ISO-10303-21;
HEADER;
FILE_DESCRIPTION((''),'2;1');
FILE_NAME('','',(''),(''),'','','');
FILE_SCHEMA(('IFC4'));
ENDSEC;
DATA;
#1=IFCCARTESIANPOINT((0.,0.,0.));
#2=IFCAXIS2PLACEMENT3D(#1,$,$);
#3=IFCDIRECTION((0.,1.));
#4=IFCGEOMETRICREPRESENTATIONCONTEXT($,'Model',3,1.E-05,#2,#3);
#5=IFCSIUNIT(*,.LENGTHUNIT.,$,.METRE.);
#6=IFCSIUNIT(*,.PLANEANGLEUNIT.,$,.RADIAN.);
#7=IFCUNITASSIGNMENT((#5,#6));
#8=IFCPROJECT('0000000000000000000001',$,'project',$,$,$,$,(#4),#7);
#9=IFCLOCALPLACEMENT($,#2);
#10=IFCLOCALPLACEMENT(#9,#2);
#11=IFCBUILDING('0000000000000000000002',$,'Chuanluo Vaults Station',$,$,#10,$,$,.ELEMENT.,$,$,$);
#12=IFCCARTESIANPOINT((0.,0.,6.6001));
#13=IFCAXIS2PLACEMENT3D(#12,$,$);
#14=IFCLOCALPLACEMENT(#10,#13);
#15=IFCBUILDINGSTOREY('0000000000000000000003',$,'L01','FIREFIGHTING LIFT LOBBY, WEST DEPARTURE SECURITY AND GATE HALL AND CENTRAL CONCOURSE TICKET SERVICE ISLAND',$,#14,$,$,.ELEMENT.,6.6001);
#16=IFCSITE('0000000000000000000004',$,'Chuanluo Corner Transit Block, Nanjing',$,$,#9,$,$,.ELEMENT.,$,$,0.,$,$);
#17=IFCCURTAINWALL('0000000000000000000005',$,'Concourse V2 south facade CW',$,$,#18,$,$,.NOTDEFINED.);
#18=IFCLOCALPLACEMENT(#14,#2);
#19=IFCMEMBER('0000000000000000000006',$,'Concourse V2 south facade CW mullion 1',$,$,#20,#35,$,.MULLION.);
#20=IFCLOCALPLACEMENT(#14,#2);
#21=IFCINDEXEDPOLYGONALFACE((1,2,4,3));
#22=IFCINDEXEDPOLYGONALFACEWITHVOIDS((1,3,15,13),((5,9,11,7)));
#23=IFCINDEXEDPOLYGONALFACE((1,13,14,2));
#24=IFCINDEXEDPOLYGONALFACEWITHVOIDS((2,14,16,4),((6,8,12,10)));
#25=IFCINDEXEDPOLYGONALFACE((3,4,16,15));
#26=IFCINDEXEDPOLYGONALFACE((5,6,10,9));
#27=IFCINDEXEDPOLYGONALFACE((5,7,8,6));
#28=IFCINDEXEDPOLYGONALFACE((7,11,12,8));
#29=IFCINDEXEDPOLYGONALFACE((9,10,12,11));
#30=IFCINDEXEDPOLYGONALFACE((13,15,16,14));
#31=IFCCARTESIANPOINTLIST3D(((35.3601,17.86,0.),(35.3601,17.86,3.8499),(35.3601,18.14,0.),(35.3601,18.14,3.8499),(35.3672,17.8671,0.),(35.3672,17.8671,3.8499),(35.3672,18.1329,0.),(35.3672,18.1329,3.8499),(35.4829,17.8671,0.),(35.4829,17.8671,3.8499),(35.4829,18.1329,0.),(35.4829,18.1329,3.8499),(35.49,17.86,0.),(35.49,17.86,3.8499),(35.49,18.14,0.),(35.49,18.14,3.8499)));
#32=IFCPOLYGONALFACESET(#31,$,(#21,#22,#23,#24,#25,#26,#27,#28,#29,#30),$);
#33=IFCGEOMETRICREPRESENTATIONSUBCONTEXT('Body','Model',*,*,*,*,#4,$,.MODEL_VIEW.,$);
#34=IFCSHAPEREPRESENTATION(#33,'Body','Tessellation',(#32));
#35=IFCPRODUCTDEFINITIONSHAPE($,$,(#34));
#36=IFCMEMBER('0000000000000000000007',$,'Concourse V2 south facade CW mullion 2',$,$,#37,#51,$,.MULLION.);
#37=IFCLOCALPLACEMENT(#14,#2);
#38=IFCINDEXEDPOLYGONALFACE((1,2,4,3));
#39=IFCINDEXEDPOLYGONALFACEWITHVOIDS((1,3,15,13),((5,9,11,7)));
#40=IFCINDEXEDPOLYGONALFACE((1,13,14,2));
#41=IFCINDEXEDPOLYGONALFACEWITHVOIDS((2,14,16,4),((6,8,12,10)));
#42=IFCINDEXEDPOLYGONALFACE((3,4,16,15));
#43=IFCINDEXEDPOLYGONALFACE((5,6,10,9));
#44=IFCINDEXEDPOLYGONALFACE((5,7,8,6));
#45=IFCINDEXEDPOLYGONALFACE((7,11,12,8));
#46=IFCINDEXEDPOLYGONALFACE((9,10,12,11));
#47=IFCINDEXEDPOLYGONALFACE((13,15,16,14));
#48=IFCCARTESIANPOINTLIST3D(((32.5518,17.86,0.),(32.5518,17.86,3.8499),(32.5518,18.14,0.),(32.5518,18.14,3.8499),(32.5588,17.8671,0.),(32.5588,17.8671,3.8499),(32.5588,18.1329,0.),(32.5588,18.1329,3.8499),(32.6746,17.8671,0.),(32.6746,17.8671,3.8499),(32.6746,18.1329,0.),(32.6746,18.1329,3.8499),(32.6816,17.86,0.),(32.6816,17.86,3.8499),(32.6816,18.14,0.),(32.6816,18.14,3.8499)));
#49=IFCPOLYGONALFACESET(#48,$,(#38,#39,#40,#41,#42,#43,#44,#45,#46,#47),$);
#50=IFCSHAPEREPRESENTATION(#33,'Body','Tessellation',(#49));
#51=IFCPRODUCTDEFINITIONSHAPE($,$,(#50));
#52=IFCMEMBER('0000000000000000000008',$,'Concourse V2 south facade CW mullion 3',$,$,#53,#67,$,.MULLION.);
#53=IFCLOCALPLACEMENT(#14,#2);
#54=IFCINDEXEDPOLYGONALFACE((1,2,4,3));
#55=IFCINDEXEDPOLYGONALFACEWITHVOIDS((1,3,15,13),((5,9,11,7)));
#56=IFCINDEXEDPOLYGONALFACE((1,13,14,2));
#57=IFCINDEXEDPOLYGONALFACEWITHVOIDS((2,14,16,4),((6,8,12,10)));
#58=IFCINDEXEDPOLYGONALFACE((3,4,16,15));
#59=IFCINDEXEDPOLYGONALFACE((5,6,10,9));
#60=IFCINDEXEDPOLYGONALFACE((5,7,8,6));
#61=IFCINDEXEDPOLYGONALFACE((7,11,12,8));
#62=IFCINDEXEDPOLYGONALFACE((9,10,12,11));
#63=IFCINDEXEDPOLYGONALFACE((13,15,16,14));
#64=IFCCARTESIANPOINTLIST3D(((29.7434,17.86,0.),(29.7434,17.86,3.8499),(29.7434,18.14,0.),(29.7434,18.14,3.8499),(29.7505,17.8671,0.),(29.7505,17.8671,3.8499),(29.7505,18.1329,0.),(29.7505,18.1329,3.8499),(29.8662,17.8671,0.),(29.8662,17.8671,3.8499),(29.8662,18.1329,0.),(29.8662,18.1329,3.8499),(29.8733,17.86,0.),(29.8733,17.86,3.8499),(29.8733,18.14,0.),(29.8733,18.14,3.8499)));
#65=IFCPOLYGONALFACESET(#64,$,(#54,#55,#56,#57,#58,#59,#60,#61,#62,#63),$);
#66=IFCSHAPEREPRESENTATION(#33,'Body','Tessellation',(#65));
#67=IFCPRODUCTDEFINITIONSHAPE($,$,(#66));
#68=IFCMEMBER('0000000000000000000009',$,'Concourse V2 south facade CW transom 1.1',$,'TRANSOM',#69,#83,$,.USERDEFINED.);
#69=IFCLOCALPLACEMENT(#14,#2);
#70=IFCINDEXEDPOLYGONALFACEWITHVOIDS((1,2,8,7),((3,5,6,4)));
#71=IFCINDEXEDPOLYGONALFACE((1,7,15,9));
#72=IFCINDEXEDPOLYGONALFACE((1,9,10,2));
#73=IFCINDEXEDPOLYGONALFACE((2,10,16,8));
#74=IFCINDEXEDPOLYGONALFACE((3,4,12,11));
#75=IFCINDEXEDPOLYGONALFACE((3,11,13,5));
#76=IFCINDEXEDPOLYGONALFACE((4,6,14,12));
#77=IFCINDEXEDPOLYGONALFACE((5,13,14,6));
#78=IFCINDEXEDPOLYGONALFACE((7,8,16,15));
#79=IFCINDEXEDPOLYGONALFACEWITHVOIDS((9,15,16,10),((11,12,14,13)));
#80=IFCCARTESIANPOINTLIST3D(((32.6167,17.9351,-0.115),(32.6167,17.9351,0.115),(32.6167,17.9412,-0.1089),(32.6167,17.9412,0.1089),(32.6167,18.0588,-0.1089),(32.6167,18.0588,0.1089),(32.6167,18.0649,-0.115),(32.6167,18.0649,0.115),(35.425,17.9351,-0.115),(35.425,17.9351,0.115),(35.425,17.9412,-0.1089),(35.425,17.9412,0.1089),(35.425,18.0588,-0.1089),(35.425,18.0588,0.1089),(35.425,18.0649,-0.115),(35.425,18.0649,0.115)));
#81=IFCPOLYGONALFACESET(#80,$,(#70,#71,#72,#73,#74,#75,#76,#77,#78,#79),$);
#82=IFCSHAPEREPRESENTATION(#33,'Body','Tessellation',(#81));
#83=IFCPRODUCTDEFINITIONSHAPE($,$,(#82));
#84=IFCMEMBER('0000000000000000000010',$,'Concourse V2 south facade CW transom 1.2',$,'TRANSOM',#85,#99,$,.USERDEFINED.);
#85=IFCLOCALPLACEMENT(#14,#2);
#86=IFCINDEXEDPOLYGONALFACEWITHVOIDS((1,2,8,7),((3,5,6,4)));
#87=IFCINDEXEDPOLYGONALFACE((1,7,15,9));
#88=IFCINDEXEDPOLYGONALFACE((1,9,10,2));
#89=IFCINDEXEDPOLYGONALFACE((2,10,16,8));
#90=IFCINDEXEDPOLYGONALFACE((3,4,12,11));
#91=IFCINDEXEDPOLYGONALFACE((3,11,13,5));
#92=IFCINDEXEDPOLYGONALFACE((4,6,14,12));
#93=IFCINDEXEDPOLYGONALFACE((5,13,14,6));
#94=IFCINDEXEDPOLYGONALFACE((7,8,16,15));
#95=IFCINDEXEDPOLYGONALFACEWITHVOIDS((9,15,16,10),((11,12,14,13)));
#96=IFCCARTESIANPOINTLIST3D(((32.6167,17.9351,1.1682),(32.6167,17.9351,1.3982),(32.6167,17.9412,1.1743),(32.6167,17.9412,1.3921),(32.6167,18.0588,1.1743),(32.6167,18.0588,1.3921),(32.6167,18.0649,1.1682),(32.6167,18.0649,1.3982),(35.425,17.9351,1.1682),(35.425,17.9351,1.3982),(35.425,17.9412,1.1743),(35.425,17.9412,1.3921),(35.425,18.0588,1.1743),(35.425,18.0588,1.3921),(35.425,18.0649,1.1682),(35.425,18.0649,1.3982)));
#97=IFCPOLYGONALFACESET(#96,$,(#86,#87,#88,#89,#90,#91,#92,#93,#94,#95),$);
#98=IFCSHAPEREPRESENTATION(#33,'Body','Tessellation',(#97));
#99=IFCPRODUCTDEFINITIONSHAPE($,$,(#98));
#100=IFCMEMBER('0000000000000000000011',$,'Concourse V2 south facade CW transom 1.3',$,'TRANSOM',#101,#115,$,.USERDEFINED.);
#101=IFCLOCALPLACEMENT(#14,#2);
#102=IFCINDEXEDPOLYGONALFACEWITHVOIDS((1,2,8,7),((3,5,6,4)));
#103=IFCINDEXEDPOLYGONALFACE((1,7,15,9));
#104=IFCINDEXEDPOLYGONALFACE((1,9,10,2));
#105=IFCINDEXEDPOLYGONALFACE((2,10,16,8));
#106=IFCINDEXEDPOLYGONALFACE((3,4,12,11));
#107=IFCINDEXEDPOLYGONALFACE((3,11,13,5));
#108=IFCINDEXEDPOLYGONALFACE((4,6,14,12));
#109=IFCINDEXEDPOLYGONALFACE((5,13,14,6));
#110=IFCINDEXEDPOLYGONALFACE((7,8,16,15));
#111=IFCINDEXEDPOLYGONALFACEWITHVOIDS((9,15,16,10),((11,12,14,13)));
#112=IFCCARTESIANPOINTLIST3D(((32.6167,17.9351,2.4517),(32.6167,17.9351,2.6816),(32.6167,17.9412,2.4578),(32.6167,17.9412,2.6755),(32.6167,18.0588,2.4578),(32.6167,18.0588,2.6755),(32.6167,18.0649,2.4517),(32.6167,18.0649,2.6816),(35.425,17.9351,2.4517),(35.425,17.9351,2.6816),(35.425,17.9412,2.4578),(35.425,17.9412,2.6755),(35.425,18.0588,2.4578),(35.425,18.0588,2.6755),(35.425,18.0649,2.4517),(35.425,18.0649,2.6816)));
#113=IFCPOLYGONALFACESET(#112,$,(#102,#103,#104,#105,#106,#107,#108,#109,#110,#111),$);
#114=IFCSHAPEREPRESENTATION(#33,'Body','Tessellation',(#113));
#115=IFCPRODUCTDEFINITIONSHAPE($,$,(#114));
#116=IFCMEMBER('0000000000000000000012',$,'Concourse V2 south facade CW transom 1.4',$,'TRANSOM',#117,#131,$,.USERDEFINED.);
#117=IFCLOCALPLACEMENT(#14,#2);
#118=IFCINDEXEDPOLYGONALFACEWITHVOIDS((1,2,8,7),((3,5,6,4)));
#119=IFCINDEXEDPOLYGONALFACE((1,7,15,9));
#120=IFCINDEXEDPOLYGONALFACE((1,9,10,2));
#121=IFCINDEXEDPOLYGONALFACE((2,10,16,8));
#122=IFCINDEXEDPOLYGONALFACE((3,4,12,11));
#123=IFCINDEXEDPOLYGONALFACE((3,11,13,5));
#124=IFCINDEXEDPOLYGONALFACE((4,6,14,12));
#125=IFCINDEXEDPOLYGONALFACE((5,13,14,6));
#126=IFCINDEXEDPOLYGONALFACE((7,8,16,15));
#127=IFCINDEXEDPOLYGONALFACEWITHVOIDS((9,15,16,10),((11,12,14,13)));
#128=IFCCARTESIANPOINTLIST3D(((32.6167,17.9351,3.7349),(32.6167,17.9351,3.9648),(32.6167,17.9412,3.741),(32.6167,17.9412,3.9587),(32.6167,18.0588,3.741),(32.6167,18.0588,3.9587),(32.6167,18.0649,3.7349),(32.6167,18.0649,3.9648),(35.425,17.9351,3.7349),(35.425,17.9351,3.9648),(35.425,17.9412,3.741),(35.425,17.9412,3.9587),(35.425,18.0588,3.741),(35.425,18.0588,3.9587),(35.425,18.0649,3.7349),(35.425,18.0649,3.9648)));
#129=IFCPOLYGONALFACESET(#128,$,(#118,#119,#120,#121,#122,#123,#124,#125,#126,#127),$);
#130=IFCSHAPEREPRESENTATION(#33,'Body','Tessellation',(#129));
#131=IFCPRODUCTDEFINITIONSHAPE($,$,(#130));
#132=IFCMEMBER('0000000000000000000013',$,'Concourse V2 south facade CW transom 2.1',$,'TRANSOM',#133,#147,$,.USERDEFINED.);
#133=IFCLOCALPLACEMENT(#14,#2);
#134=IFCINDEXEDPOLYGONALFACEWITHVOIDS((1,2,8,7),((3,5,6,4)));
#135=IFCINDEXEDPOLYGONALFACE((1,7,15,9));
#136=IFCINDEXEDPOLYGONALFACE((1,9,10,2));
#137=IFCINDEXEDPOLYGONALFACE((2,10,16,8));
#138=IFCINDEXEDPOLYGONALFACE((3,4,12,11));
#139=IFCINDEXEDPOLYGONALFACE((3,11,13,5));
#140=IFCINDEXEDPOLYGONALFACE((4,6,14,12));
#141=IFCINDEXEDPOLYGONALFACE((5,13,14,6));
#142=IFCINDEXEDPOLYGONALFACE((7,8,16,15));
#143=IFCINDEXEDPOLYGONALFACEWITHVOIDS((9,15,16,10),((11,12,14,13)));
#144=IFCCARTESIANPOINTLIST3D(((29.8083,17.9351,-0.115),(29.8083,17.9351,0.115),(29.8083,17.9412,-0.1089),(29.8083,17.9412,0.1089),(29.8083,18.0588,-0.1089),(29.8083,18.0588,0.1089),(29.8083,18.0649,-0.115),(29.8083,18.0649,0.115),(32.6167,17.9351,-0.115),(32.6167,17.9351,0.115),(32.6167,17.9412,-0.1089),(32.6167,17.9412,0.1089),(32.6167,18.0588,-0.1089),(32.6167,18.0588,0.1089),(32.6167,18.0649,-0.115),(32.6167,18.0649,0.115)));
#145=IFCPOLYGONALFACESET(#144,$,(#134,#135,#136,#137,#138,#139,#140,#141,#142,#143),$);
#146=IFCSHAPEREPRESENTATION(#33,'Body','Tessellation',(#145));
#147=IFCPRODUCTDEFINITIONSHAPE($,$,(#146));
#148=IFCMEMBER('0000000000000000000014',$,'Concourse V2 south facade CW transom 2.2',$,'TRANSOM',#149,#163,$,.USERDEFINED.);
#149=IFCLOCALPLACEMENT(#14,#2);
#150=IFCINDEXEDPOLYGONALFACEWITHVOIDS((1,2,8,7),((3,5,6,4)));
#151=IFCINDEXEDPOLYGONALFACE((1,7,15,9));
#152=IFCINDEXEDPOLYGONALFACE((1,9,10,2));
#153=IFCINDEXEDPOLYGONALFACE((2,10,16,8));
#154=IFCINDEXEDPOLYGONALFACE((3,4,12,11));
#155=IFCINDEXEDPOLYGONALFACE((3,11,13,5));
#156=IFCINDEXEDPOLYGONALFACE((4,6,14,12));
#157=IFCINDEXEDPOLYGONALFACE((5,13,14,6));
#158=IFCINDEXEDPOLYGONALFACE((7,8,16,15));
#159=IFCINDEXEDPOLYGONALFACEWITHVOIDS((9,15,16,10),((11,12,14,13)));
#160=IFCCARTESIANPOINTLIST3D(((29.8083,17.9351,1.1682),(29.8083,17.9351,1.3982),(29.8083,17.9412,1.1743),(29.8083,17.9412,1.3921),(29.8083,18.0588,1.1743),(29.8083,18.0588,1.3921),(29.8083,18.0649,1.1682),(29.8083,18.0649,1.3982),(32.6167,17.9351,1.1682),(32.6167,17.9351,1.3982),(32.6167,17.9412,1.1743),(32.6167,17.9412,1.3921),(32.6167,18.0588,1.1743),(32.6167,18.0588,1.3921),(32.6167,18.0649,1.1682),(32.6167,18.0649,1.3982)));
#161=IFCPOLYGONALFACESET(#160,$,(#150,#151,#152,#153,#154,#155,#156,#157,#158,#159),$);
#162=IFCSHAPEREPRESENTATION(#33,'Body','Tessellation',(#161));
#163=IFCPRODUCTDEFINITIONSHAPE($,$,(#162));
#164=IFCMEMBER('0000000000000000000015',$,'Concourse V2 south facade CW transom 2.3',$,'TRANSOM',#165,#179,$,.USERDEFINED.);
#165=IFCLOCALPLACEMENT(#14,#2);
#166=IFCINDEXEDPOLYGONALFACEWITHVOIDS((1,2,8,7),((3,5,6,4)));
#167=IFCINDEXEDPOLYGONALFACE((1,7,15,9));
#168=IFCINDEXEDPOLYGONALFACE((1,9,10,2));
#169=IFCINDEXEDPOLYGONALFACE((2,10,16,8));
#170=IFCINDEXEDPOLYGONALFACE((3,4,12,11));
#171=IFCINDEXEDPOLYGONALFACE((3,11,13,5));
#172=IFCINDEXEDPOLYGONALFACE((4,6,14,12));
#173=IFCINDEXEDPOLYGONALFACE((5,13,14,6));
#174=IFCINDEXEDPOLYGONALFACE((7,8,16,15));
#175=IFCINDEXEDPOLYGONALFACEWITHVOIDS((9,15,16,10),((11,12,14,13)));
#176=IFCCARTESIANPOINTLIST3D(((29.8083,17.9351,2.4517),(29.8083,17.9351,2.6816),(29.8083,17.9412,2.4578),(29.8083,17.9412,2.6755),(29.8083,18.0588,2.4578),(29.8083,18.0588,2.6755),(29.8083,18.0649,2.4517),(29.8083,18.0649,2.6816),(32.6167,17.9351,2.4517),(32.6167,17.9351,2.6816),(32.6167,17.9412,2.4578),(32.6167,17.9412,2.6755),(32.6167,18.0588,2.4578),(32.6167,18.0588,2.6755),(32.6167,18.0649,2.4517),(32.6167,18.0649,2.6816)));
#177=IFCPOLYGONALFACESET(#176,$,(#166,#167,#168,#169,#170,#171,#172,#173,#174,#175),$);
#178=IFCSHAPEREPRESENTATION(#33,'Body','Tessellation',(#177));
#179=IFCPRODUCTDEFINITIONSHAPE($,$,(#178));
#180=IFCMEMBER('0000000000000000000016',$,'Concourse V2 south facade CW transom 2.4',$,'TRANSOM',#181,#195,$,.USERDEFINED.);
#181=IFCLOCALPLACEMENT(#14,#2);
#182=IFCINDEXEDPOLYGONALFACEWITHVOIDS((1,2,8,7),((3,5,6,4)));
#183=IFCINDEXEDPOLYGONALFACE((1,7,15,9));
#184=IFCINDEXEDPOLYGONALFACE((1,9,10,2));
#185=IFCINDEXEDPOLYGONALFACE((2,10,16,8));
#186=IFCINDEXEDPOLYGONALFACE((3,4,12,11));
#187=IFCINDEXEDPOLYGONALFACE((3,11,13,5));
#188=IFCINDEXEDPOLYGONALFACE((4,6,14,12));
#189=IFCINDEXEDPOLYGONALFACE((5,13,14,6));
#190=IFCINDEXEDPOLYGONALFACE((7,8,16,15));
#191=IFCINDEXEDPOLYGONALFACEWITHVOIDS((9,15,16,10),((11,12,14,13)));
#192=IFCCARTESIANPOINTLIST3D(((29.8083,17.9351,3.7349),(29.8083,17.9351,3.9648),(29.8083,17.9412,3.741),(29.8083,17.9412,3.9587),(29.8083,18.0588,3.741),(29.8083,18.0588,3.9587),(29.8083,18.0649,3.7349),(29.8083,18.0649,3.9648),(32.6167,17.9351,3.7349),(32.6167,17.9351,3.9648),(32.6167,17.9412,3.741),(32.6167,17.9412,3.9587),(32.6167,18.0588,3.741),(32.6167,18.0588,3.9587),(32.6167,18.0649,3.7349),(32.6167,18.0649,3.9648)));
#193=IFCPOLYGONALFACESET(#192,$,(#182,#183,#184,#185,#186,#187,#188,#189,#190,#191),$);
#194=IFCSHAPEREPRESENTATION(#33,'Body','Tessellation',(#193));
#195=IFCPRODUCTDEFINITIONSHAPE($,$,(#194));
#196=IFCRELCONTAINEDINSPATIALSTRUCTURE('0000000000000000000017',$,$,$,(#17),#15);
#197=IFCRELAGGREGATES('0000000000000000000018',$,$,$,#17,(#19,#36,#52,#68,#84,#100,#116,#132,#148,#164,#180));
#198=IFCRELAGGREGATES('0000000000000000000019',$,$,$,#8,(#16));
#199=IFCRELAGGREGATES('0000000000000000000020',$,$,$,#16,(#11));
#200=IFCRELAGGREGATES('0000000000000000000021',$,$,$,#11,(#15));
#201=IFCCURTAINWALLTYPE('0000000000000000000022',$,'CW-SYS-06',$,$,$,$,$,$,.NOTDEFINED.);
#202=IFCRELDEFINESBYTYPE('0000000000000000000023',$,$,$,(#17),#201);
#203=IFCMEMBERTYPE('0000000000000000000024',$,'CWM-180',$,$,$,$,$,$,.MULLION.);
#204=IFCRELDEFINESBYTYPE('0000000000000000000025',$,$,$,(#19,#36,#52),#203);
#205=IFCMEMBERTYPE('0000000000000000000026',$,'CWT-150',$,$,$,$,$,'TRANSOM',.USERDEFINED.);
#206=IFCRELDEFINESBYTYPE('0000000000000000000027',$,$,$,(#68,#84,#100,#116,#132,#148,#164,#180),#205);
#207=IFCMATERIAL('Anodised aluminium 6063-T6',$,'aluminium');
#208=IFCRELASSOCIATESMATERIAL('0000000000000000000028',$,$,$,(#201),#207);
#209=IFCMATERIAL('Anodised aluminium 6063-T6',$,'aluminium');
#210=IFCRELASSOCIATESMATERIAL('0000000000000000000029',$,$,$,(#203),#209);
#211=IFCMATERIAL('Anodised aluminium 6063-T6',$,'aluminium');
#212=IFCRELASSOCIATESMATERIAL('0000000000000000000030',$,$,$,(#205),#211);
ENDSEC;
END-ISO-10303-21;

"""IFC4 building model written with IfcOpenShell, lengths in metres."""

from ifc_helpers import new_model, si_unit, direction, frame, origin, origin_2d, place, context, subcontext, project, spatial, hollow_rectangle, extrude, material, material_profile, profile_set, type_object, element, aggregate, save


model = new_model("IFC4")

# Units and contexts
model_context = context("Model", 3, precision=1e-05, world=origin(), true_north=direction((0.0, 1.0)))
body_context = subcontext(model_context, "Body", "Model", "MODEL_VIEW")
ifc_project = project(units=[si_unit("LENGTHUNIT", "METRE"), si_unit("PLANEANGLEUNIT", "RADIAN")], contexts=[model_context])

# Site, building, storey
site_placement = place(None, origin())
site = spatial("IfcSite", under=ifc_project, at=site_placement, Name="Chuanluo Corner Transit Block, Nanjing", CompositionType="ELEMENT", RefElevation=0.0)
building_placement = place(site_placement, origin())
building = spatial("IfcBuilding", under=site, at=building_placement, Name="Chuanluo Vaults Station", CompositionType="ELEMENT")
storey_placement = place(building_placement, frame((0.0, 0.0, 6.6001)))
storey = spatial("IfcBuildingStorey", under=building, at=storey_placement, Name="L01", Description="FIREFIGHTING LIFT LOBBY, WEST DEPARTURE SECURITY AND GATE HALL AND CENTRAL CONCOURSE TICKET SERVICE ISLAND", CompositionType="ELEMENT", Elevation=6.6001)

# Curtain wall, members
ifc_material_1 = material(Name="Anodised aluminium 6063-T6", Category="aluminium")
curtain_wall_type = type_object("IfcCurtainWallType", Name="CW-SYS-06", PredefinedType="NOTDEFINED", material=ifc_material_1)
curtain_wall_placement = place(storey_placement, origin())
curtain_wall = element("IfcCurtainWall", 1, at=curtain_wall_placement, inside=storey, type_object=curtain_wall_type, Name="Concourse V2 south facade CW", PredefinedType="NOTDEFINED")
ifc_material_2 = material(Name="Anodised aluminium 6063-T6", Category="aluminium")
ifc_material_profile_1 = material_profile(ifc_material_2, hollow_rectangle(XDim=0.1299, YDim=0.28, WallThickness=0.0071, at=origin_2d()))
ifc_profile_set_1 = profile_set([ifc_material_profile_1], Name="Anodised aluminium 6063-T6")
member_type_1 = type_object("IfcMemberType", Name="CWM-180", PredefinedType="MULLION", material=ifc_profile_set_1)
member_1_placement = place(storey_placement, frame((35.425, 18.0, 0.0), z_axis=(0.0, 0.0, 1.0), x_axis=(-1.0, 0.0, 0.0)))
member_1 = element("IfcMember", 2, at=member_1_placement, type_object=member_type_1, Name="Concourse V2 south facade CW mullion 1", PredefinedType="MULLION", context=body_context, shape_type="SweptSolid", body=[
    extrude(hollow_rectangle(XDim=0.1299, YDim=0.28, WallThickness=0.0071, at=origin_2d()), origin(), (0.0, 0.0, 1.0), 3.8499),
])
member_2_placement = place(storey_placement, frame((32.6167, 18.0, 0.0), z_axis=(0.0, 0.0, 1.0), x_axis=(-1.0, 0.0, 0.0)))
member_2 = element("IfcMember", 3, at=member_2_placement, type_object=member_type_1, Name="Concourse V2 south facade CW mullion 2", PredefinedType="MULLION", context=body_context, shape_type="SweptSolid", body=[
    extrude(hollow_rectangle(XDim=0.1299, YDim=0.28, WallThickness=0.0071, at=origin_2d()), origin(), (0.0, 0.0, 1.0), 3.8499),
])
member_3_placement = place(storey_placement, frame((29.8083, 18.0, 0.0), z_axis=(0.0, 0.0, 1.0), x_axis=(-1.0, 0.0, 0.0)))
member_3 = element("IfcMember", 4, at=member_3_placement, type_object=member_type_1, Name="Concourse V2 south facade CW mullion 3", PredefinedType="MULLION", context=body_context, shape_type="SweptSolid", body=[
    extrude(hollow_rectangle(XDim=0.1299, YDim=0.28, WallThickness=0.0071, at=origin_2d()), origin(), (0.0, 0.0, 1.0), 3.8499),
])
ifc_material_3 = material(Name="Anodised aluminium 6063-T6", Category="aluminium")
ifc_material_profile_2 = material_profile(ifc_material_3, hollow_rectangle(XDim=0.1299, YDim=0.23, WallThickness=0.0061, at=origin_2d()))
ifc_profile_set_2 = profile_set([ifc_material_profile_2], Name="Anodised aluminium 6063-T6")
member_type_2 = type_object("IfcMemberType", Name="CWT-150", ElementType="TRANSOM", PredefinedType="USERDEFINED", material=ifc_profile_set_2)
member_4_placement = place(storey_placement, frame((35.425, 18.0, 0.0), z_axis=(-1.0, 0.0, 0.0), x_axis=(0.0, -1.0, 0.0)))
member_4 = element("IfcMember", 5, at=member_4_placement, type_object=member_type_2, Name="Concourse V2 south facade CW transom 1.1", ObjectType="TRANSOM", PredefinedType="USERDEFINED", context=body_context, shape_type="SweptSolid", body=[
    extrude(hollow_rectangle(XDim=0.1299, YDim=0.23, WallThickness=0.0061, at=origin_2d()), origin(), (0.0, 0.0, 1.0), 2.8083),
])
member_5_placement = place(storey_placement, frame((35.425, 18.0, 1.2832), z_axis=(-1.0, 0.0, 0.0), x_axis=(0.0, -1.0, 0.0)))
member_5 = element("IfcMember", 6, at=member_5_placement, type_object=member_type_2, Name="Concourse V2 south facade CW transom 1.2", ObjectType="TRANSOM", PredefinedType="USERDEFINED", context=body_context, shape_type="SweptSolid", body=[
    extrude(hollow_rectangle(XDim=0.1299, YDim=0.23, WallThickness=0.0061, at=origin_2d()), origin(), (0.0, 0.0, 1.0), 2.8083),
])
member_6_placement = place(storey_placement, frame((35.425, 18.0, 2.5667), z_axis=(-1.0, 0.0, 0.0), x_axis=(0.0, -1.0, 0.0)))
member_6 = element("IfcMember", 7, at=member_6_placement, type_object=member_type_2, Name="Concourse V2 south facade CW transom 1.3", ObjectType="TRANSOM", PredefinedType="USERDEFINED", context=body_context, shape_type="SweptSolid", body=[
    extrude(hollow_rectangle(XDim=0.1299, YDim=0.23, WallThickness=0.0061, at=origin_2d()), origin(), (0.0, 0.0, 1.0), 2.8083),
])
member_7_placement = place(storey_placement, frame((35.425, 18.0, 3.8499), z_axis=(-1.0, 0.0, 0.0), x_axis=(0.0, -1.0, 0.0)))
member_7 = element("IfcMember", 8, at=member_7_placement, type_object=member_type_2, Name="Concourse V2 south facade CW transom 1.4", ObjectType="TRANSOM", PredefinedType="USERDEFINED", context=body_context, shape_type="SweptSolid", body=[
    extrude(hollow_rectangle(XDim=0.1299, YDim=0.23, WallThickness=0.0061, at=origin_2d()), origin(), (0.0, 0.0, 1.0), 2.8083),
])
member_8_placement = place(storey_placement, frame((32.6167, 18.0, 0.0), z_axis=(-1.0, 0.0, 0.0), x_axis=(0.0, -1.0, 0.0)))
member_8 = element("IfcMember", 9, at=member_8_placement, type_object=member_type_2, Name="Concourse V2 south facade CW transom 2.1", ObjectType="TRANSOM", PredefinedType="USERDEFINED", context=body_context, shape_type="SweptSolid", body=[
    extrude(hollow_rectangle(XDim=0.1299, YDim=0.23, WallThickness=0.0061, at=origin_2d()), origin(), (0.0, 0.0, 1.0), 2.8083),
])
member_9_placement = place(storey_placement, frame((32.6167, 18.0, 1.2832), z_axis=(-1.0, 0.0, 0.0), x_axis=(0.0, -1.0, 0.0)))
member_9 = element("IfcMember", 10, at=member_9_placement, type_object=member_type_2, Name="Concourse V2 south facade CW transom 2.2", ObjectType="TRANSOM", PredefinedType="USERDEFINED", context=body_context, shape_type="SweptSolid", body=[
    extrude(hollow_rectangle(XDim=0.1299, YDim=0.23, WallThickness=0.0061, at=origin_2d()), origin(), (0.0, 0.0, 1.0), 2.8083),
])
member_10_placement = place(storey_placement, frame((32.6167, 18.0, 2.5667), z_axis=(-1.0, 0.0, 0.0), x_axis=(0.0, -1.0, 0.0)))
member_10 = element("IfcMember", 11, at=member_10_placement, type_object=member_type_2, Name="Concourse V2 south facade CW transom 2.3", ObjectType="TRANSOM", PredefinedType="USERDEFINED", context=body_context, shape_type="SweptSolid", body=[
    extrude(hollow_rectangle(XDim=0.1299, YDim=0.23, WallThickness=0.0061, at=origin_2d()), origin(), (0.0, 0.0, 1.0), 2.8083),
])
member_11_placement = place(storey_placement, frame((32.6167, 18.0, 3.8499), z_axis=(-1.0, 0.0, 0.0), x_axis=(0.0, -1.0, 0.0)))
member_11 = element("IfcMember", 12, at=member_11_placement, type_object=member_type_2, Name="Concourse V2 south facade CW transom 2.4", ObjectType="TRANSOM", PredefinedType="USERDEFINED", context=body_context, shape_type="SweptSolid", body=[
    extrude(hollow_rectangle(XDim=0.1299, YDim=0.23, WallThickness=0.0061, at=origin_2d()), origin(), (0.0, 0.0, 1.0), 2.8083),
])

aggregate(curtain_wall, [member_1, member_2, member_3, member_4, member_5, member_6, member_7, member_8, member_9, member_10, member_11])

save(model, "model.ifc")
